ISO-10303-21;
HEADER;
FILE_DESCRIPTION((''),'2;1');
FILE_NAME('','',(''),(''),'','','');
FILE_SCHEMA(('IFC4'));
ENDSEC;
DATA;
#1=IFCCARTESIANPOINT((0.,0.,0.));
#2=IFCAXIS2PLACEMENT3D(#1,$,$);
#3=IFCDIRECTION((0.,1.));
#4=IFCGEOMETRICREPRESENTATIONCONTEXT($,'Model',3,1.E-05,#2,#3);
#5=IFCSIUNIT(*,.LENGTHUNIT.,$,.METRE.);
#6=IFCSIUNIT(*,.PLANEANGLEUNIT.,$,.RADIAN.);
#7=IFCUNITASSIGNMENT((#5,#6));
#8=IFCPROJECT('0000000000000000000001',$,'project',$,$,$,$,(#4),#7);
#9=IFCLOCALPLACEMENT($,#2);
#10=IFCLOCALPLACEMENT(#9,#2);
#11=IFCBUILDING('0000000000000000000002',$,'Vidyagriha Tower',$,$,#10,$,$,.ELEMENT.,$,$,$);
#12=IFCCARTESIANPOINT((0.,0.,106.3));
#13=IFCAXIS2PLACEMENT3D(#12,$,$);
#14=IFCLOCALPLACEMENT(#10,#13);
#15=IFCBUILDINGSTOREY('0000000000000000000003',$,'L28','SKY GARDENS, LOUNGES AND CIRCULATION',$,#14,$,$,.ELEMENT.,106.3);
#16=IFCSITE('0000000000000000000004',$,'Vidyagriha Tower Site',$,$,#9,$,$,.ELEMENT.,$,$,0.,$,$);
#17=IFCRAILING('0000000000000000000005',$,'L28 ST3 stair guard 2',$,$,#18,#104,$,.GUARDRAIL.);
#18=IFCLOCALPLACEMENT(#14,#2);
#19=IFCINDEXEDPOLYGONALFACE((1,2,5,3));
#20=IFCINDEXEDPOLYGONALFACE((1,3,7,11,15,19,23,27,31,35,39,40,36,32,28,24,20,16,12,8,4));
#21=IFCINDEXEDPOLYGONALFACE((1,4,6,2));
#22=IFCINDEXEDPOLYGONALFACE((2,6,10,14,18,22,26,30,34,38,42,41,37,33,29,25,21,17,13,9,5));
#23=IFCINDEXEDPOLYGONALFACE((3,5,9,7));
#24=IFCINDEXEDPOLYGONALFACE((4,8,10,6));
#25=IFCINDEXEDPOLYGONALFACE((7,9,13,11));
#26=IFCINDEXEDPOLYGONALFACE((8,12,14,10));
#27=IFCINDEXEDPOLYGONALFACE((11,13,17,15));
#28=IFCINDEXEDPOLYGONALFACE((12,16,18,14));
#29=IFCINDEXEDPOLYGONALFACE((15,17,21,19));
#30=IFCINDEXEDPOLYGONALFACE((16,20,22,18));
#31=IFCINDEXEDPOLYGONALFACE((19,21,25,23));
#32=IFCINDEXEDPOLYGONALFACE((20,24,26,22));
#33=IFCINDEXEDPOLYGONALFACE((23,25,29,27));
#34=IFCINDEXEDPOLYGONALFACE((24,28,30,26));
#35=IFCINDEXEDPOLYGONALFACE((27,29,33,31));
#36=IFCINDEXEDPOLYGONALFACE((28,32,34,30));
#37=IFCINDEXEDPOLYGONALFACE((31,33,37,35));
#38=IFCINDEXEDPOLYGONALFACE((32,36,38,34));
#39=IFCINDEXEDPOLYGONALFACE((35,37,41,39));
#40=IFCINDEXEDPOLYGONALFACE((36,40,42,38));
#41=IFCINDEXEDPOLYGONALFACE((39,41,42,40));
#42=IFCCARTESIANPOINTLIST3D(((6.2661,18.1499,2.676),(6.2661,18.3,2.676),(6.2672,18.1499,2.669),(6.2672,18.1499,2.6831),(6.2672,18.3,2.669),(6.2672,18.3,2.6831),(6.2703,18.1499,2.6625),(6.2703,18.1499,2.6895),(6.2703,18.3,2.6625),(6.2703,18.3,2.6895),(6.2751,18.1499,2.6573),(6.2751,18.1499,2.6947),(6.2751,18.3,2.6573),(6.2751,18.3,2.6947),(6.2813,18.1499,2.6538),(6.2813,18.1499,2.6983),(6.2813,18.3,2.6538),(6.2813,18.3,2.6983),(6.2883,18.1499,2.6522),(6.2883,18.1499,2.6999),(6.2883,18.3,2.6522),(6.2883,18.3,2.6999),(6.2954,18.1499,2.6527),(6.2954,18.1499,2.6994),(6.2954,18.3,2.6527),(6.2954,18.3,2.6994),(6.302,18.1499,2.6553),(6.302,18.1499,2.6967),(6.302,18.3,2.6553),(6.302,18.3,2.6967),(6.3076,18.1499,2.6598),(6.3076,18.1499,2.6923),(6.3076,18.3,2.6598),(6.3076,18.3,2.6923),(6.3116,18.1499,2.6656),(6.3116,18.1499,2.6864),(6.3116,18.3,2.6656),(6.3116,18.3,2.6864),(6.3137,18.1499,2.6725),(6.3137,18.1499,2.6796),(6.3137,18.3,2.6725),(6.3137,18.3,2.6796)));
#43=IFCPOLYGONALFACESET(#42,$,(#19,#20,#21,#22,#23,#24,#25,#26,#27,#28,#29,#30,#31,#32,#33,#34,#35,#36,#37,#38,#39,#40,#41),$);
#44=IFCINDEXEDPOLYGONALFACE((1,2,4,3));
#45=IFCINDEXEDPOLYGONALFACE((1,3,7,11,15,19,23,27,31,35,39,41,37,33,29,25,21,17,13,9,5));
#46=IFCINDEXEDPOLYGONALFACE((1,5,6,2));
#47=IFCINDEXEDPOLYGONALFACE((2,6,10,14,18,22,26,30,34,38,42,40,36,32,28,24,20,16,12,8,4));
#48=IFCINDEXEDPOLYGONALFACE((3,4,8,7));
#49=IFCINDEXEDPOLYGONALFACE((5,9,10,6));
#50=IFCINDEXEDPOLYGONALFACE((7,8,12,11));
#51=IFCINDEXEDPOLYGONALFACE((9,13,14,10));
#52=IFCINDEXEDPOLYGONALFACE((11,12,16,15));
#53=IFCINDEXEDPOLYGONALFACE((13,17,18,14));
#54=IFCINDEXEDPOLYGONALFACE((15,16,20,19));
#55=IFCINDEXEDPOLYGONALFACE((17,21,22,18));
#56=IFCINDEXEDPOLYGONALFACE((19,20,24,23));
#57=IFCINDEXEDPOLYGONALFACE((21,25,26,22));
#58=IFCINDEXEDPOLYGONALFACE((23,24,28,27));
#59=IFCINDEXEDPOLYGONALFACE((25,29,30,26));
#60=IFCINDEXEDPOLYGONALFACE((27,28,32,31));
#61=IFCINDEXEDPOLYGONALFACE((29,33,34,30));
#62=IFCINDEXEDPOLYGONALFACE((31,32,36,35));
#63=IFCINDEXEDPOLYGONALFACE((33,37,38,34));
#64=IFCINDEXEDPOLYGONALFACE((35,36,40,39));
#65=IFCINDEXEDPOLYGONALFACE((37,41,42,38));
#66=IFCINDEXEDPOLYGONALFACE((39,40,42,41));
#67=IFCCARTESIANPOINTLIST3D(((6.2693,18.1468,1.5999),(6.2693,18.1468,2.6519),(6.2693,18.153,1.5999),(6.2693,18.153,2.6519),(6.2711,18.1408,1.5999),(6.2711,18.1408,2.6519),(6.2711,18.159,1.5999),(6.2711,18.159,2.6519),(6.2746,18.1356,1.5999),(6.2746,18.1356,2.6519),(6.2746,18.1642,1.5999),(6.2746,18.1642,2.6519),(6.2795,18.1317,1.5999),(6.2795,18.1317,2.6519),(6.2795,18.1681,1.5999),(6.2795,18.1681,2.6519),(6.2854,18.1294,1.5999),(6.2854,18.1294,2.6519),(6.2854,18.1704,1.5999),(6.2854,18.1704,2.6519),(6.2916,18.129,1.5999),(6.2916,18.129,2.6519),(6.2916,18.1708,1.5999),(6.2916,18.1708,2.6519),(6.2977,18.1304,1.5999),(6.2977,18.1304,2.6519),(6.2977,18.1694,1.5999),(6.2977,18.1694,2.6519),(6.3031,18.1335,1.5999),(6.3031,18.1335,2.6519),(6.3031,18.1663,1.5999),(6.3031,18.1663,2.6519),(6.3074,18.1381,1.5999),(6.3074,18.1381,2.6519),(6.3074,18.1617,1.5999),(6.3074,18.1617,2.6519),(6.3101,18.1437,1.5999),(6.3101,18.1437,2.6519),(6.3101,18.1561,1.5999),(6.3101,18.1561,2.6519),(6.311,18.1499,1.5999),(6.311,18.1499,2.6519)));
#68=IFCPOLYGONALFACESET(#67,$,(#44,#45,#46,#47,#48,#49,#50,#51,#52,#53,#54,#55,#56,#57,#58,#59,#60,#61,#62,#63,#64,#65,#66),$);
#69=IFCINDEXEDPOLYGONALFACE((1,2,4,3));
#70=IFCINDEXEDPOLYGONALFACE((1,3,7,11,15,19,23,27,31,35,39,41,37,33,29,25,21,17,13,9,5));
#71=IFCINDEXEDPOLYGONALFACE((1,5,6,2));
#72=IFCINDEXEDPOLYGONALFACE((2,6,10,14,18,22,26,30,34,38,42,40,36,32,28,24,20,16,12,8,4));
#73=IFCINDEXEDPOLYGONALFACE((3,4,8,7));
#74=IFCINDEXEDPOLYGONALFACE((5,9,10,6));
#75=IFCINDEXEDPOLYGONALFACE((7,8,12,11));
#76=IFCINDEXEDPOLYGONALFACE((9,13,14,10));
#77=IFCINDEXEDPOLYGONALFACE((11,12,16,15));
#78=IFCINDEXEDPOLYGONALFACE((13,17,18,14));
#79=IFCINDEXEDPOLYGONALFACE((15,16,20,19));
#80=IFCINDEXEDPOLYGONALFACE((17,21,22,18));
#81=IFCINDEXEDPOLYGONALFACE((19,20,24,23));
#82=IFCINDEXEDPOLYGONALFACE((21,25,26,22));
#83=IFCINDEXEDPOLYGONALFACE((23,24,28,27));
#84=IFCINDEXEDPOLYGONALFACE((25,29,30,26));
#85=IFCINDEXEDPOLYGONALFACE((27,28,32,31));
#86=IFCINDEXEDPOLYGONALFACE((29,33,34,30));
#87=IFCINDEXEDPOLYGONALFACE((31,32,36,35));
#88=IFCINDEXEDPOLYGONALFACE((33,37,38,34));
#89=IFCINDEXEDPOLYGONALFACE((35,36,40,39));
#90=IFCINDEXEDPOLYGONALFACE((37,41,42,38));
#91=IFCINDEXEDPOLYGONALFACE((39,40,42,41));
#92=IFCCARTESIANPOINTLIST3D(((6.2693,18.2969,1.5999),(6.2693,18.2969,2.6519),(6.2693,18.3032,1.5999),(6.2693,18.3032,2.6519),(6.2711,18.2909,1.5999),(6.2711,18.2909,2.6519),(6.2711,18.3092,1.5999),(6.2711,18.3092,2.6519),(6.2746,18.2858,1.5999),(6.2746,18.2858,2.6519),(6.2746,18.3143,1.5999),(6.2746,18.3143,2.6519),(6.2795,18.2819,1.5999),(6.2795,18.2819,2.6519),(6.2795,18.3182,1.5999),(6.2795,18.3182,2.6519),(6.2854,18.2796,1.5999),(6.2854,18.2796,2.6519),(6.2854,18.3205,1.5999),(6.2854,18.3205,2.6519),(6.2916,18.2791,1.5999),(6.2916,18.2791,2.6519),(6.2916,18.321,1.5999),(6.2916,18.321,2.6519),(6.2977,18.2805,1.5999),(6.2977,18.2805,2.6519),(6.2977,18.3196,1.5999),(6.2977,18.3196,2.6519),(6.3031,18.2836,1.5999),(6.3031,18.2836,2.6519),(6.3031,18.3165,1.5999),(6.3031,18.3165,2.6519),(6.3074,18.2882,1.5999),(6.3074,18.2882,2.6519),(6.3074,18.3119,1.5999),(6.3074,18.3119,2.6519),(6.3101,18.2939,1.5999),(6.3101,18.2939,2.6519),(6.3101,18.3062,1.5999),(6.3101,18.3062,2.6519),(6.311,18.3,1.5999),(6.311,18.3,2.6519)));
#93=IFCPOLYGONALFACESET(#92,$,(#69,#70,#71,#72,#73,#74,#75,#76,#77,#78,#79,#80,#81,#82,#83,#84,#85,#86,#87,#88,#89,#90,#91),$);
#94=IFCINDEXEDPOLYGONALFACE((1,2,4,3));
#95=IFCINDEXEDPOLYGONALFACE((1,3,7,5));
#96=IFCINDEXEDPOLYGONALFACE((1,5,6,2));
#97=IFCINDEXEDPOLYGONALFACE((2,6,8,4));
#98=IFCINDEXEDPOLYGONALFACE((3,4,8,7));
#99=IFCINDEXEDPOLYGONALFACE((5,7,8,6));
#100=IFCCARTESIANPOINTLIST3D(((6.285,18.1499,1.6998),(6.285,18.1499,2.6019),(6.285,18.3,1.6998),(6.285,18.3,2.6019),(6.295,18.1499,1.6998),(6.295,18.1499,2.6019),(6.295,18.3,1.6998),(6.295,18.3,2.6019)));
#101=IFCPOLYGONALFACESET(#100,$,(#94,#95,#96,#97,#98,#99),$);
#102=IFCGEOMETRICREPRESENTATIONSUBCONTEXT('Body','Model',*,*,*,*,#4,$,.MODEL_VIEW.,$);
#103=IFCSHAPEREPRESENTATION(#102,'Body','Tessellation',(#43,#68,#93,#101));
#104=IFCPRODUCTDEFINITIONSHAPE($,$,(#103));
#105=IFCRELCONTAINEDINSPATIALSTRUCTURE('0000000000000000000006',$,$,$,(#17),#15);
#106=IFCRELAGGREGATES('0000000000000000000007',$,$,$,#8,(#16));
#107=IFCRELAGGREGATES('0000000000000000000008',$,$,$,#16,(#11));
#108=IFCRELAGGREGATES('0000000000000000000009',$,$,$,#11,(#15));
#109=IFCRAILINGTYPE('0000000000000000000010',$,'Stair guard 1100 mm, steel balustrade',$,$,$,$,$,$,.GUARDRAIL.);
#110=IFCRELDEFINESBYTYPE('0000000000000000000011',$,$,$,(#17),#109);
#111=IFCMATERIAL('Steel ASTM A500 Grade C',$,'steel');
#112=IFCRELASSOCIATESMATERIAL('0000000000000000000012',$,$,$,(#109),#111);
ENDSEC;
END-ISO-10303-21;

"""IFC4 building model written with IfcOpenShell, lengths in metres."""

from ifc_helpers import new_model, si_unit, direction, frame, origin, origin_2d, place, context, subcontext, project, spatial, rectangle, circle, extrude, material, type_object, element, save


model = new_model("IFC4")

# Units and contexts
model_context = context("Model", 3, precision=1e-05, world=origin(), true_north=direction((0.0, 1.0)))
body_context = subcontext(model_context, "Body", "Model", "MODEL_VIEW")
ifc_project = project(units=[si_unit("LENGTHUNIT", "METRE"), si_unit("PLANEANGLEUNIT", "RADIAN")], contexts=[model_context])

# Site, building, storey
site_placement = place(None, origin())
site = spatial("IfcSite", under=ifc_project, at=site_placement, Name="Vidyagriha Tower Site", CompositionType="ELEMENT", RefElevation=0.0)
building_placement = place(site_placement, origin())
building = spatial("IfcBuilding", under=site, at=building_placement, Name="Vidyagriha Tower", CompositionType="ELEMENT")
storey_placement = place(building_placement, frame((0.0, 0.0, 106.3)))
storey = spatial("IfcBuildingStorey", under=building, at=storey_placement, Name="L28", Description="SKY GARDENS, LOUNGES AND CIRCULATION", CompositionType="ELEMENT", Elevation=106.3)

# Railing
ifc_material_1 = material(Name="Steel ASTM A500 Grade C", Category="steel")
railing_type_1 = type_object("IfcRailingType", Name="Stair guard 1100 mm, steel balustrade", PredefinedType="GUARDRAIL", material=ifc_material_1)
railing_1_placement = place(storey_placement, frame((6.29, 18.1499, 1.5999)))
element("IfcRailing", 1, at=railing_1_placement, inside=storey, type_object=railing_type_1, Name="L28 ST3 stair guard 2", PredefinedType="GUARDRAIL", context=body_context, shape_type="SweptSolid", body=[
    extrude(circle(Radius=0.0239, at=origin_2d()), frame((0.0, 0.0, 1.0762), z_axis=(0.0, 1.0, 0.0), x_axis=(-1.0, 0.0, 0.0)), (0.0, 0.0, 1.0), 0.1501),
    extrude(circle(Radius=0.021, at=origin_2d()), origin(), (0.0, 0.0, 1.0), 1.052),
    extrude(circle(Radius=0.021, at=origin_2d()), frame((0.0, 0.1501, 0.0)), (0.0, 0.0, 1.0), 1.052),
    extrude(rectangle(XDim=0.01, YDim=0.9021, at=origin_2d()), frame((0.0, 0.0, 0.551), z_axis=(0.0, 1.0, 0.0), x_axis=(-1.0, 0.0, 0.0)), (0.0, 0.0, 1.0), 0.1501),
])

save(model, "model.ifc")
